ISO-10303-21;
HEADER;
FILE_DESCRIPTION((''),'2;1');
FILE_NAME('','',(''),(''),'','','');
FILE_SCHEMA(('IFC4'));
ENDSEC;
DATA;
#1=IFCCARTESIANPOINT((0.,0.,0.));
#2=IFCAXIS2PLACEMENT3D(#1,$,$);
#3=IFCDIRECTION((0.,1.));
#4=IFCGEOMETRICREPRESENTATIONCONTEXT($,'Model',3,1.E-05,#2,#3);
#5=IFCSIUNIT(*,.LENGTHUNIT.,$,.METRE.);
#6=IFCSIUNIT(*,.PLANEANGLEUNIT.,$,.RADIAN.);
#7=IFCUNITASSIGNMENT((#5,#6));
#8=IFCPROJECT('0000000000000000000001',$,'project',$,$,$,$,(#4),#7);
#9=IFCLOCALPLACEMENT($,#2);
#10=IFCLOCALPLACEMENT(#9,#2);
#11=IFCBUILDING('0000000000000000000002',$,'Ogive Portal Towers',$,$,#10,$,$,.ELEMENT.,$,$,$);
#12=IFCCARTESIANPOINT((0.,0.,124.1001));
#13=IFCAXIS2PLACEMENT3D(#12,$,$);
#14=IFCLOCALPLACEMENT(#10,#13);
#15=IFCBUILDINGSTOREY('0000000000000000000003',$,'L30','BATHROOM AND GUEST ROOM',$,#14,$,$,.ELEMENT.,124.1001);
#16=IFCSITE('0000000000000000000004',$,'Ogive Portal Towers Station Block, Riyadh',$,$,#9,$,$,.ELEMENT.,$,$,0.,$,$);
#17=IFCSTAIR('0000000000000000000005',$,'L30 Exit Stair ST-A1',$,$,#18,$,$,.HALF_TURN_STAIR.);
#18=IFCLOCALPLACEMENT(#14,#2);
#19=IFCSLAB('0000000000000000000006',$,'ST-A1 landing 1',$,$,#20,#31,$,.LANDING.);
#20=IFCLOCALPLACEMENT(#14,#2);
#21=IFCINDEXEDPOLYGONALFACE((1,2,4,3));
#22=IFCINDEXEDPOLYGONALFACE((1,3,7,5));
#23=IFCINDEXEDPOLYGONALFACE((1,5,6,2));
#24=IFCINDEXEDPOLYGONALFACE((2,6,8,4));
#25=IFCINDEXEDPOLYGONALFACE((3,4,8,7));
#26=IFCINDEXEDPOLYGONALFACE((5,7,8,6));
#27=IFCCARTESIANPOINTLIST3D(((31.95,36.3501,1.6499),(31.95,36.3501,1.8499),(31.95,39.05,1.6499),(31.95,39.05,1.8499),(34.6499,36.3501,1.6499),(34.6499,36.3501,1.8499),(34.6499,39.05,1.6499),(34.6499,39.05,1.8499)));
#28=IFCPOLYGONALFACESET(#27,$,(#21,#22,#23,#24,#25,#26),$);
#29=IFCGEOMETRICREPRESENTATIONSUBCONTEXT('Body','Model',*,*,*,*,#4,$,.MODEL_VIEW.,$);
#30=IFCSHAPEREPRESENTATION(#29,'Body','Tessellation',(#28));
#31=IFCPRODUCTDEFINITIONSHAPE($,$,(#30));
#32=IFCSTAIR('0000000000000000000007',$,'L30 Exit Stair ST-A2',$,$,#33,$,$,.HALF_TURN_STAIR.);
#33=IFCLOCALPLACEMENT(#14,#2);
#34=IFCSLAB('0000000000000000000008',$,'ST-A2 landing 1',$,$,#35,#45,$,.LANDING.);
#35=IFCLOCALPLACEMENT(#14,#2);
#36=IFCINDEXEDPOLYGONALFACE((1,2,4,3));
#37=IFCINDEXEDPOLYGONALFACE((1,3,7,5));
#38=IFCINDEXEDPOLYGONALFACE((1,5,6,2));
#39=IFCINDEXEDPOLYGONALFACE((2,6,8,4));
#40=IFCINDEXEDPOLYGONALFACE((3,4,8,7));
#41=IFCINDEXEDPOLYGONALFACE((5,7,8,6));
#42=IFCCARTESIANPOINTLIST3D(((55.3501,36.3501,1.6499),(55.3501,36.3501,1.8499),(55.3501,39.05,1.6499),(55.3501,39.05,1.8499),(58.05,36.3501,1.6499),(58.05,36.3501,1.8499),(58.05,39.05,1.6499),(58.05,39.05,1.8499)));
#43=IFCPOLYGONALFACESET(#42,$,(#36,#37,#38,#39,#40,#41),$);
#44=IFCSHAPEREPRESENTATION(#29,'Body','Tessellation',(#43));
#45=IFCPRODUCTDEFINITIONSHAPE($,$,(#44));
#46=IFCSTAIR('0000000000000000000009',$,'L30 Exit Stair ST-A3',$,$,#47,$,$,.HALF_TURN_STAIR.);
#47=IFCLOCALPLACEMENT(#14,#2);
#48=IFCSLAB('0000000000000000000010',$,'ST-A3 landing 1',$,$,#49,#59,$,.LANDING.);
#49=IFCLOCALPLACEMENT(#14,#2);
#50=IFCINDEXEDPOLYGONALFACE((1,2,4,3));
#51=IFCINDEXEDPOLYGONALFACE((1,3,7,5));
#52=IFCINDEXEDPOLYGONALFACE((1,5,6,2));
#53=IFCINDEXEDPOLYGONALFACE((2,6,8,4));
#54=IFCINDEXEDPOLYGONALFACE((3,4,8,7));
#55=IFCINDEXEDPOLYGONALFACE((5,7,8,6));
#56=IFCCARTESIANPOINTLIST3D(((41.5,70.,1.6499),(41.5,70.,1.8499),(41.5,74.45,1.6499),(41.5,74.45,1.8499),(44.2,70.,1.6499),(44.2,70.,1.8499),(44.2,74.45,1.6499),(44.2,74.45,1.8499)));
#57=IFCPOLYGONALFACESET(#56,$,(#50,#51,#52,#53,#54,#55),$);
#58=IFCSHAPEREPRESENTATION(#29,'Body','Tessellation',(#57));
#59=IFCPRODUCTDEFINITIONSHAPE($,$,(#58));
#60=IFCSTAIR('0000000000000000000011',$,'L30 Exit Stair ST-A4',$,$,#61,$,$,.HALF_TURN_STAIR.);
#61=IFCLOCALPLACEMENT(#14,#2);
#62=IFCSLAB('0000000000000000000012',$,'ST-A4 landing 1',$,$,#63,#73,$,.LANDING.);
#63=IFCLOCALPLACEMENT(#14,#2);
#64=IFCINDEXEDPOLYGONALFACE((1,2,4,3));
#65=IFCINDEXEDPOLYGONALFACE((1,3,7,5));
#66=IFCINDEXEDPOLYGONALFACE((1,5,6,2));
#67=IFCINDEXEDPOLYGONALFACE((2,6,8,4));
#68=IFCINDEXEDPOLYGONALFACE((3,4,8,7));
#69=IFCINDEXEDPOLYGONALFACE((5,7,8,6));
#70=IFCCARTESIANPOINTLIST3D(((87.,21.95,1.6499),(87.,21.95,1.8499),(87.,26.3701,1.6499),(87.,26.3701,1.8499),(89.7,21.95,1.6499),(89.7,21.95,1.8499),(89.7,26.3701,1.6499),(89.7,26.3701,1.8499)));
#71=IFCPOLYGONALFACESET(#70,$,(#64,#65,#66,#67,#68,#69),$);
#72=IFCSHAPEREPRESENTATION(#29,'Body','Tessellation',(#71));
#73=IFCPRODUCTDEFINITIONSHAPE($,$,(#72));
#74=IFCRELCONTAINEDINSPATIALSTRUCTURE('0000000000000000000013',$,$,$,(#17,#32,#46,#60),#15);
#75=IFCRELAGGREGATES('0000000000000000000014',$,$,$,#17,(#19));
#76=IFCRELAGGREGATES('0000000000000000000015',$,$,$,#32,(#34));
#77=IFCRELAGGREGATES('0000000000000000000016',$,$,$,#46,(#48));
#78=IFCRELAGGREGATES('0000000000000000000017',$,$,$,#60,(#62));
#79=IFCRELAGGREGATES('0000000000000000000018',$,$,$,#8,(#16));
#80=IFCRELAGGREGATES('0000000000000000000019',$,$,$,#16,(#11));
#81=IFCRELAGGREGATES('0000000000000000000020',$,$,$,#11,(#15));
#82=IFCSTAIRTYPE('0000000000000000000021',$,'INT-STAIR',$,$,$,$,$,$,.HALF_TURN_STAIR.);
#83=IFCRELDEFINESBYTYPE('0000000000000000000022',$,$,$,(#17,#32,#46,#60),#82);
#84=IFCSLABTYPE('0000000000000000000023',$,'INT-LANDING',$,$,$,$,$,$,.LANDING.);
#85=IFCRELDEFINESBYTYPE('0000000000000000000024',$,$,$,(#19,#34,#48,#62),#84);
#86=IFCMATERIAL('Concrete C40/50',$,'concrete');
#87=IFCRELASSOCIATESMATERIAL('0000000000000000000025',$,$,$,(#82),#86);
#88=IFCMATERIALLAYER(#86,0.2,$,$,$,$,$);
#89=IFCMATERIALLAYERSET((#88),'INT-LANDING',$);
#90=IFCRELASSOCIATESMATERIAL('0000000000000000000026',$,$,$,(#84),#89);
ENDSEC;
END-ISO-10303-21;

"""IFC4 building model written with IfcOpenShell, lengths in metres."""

from ifc_helpers import new_model, si_unit, direction, frame, origin, place, context, subcontext, project, spatial, polyline, outline, extrude, material, layer, layer_set, type_object, element, aggregate, save


model = new_model("IFC4")

# Units and contexts
model_context = context("Model", 3, precision=1e-05, world=origin(), true_north=direction((0.0, 1.0)))
body_context = subcontext(model_context, "Body", "Model", "MODEL_VIEW")
ifc_project = project(units=[si_unit("LENGTHUNIT", "METRE"), si_unit("PLANEANGLEUNIT", "RADIAN")], contexts=[model_context])

# Site, building, storey
site_placement = place(None, origin())
site = spatial("IfcSite", under=ifc_project, at=site_placement, Name="Ogive Portal Towers Station Block, Riyadh", CompositionType="ELEMENT", RefElevation=0.0)
building_placement = place(site_placement, origin())
building = spatial("IfcBuilding", under=site, at=building_placement, Name="Ogive Portal Towers", CompositionType="ELEMENT")
storey_placement = place(building_placement, frame((0.0, 0.0, 124.1001)))
storey = spatial("IfcBuildingStorey", under=building, at=storey_placement, Name="L30", Description="BATHROOM AND GUEST ROOM", CompositionType="ELEMENT", Elevation=124.1001)

# Stairs, slabs
ifc_material_1 = material(Name="Concrete C40/50", Category="concrete")
stair_type = type_object("IfcStairType", Name="INT-STAIR", PredefinedType="HALF_TURN_STAIR", material=ifc_material_1)
stair_1_placement = place(storey_placement, origin())
stair_1 = element("IfcStair", 1, at=stair_1_placement, inside=storey, type_object=stair_type, Name="L30 Exit Stair ST-A1", PredefinedType="HALF_TURN_STAIR")
ifc_layer_1 = layer(ifc_material_1, 0.2)
ifc_layer_set_1 = layer_set([ifc_layer_1], Name="INT-LANDING")
slab_type_1 = type_object("IfcSlabType", Name="INT-LANDING", PredefinedType="LANDING", material=ifc_layer_set_1)
slab_1_placement = place(storey_placement, frame((0.0, 0.0, 1.6499)))
slab_1 = element("IfcSlab", 2, at=slab_1_placement, type_object=slab_type_1, Name="ST-A1 landing 1", PredefinedType="LANDING", context=body_context, shape_type="SweptSolid", body=[
    extrude(outline(polyline([(34.6499, 39.05), (31.95, 39.05), (31.95, 36.3501), (34.6499, 36.3501), (34.6499, 39.05)])), origin(), (0.0, 0.0, 1.0), 0.2),
])
aggregate(stair_1, [slab_1])
stair_2_placement = place(storey_placement, origin())
stair_2 = element("IfcStair", 3, at=stair_2_placement, inside=storey, type_object=stair_type, Name="L30 Exit Stair ST-A2", PredefinedType="HALF_TURN_STAIR")
slab_2_placement = place(storey_placement, frame((0.0, 0.0, 1.6499)))
slab_2 = element("IfcSlab", 4, at=slab_2_placement, type_object=slab_type_1, Name="ST-A2 landing 1", PredefinedType="LANDING", context=body_context, shape_type="SweptSolid", body=[
    extrude(outline(polyline([(55.3501, 36.3501), (58.05, 36.3501), (58.05, 39.05), (55.3501, 39.05), (55.3501, 36.3501)])), origin(), (0.0, 0.0, 1.0), 0.2),
])
aggregate(stair_2, [slab_2])
stair_3_placement = place(storey_placement, origin())
stair_3 = element("IfcStair", 5, at=stair_3_placement, inside=storey, type_object=stair_type, Name="L30 Exit Stair ST-A3", PredefinedType="HALF_TURN_STAIR")
slab_3_placement = place(storey_placement, frame((0.0, 0.0, 1.6499)))
slab_3 = element("IfcSlab", 6, at=slab_3_placement, type_object=slab_type_1, Name="ST-A3 landing 1", PredefinedType="LANDING", context=body_context, shape_type="SweptSolid", body=[
    extrude(outline(polyline([(44.2, 70.0), (44.2, 74.45), (41.5, 74.45), (41.5, 70.0), (44.2, 70.0)])), origin(), (0.0, 0.0, 1.0), 0.2),
])
aggregate(stair_3, [slab_3])
stair_4_placement = place(storey_placement, origin())
stair_4 = element("IfcStair", 7, at=stair_4_placement, inside=storey, type_object=stair_type, Name="L30 Exit Stair ST-A4", PredefinedType="HALF_TURN_STAIR")
slab_4_placement = place(storey_placement, frame((0.0, 0.0, 1.6499)))
slab_4 = element("IfcSlab", 8, at=slab_4_placement, type_object=slab_type_1, Name="ST-A4 landing 1", PredefinedType="LANDING", context=body_context, shape_type="SweptSolid", body=[
    extrude(outline(polyline([(87.0, 26.3701), (87.0, 21.95), (89.7, 21.95), (89.7, 26.3701), (87.0, 26.3701)])), origin(), (0.0, 0.0, 1.0), 0.2),
])
aggregate(stair_4, [slab_4])

save(model, "model.ifc")
